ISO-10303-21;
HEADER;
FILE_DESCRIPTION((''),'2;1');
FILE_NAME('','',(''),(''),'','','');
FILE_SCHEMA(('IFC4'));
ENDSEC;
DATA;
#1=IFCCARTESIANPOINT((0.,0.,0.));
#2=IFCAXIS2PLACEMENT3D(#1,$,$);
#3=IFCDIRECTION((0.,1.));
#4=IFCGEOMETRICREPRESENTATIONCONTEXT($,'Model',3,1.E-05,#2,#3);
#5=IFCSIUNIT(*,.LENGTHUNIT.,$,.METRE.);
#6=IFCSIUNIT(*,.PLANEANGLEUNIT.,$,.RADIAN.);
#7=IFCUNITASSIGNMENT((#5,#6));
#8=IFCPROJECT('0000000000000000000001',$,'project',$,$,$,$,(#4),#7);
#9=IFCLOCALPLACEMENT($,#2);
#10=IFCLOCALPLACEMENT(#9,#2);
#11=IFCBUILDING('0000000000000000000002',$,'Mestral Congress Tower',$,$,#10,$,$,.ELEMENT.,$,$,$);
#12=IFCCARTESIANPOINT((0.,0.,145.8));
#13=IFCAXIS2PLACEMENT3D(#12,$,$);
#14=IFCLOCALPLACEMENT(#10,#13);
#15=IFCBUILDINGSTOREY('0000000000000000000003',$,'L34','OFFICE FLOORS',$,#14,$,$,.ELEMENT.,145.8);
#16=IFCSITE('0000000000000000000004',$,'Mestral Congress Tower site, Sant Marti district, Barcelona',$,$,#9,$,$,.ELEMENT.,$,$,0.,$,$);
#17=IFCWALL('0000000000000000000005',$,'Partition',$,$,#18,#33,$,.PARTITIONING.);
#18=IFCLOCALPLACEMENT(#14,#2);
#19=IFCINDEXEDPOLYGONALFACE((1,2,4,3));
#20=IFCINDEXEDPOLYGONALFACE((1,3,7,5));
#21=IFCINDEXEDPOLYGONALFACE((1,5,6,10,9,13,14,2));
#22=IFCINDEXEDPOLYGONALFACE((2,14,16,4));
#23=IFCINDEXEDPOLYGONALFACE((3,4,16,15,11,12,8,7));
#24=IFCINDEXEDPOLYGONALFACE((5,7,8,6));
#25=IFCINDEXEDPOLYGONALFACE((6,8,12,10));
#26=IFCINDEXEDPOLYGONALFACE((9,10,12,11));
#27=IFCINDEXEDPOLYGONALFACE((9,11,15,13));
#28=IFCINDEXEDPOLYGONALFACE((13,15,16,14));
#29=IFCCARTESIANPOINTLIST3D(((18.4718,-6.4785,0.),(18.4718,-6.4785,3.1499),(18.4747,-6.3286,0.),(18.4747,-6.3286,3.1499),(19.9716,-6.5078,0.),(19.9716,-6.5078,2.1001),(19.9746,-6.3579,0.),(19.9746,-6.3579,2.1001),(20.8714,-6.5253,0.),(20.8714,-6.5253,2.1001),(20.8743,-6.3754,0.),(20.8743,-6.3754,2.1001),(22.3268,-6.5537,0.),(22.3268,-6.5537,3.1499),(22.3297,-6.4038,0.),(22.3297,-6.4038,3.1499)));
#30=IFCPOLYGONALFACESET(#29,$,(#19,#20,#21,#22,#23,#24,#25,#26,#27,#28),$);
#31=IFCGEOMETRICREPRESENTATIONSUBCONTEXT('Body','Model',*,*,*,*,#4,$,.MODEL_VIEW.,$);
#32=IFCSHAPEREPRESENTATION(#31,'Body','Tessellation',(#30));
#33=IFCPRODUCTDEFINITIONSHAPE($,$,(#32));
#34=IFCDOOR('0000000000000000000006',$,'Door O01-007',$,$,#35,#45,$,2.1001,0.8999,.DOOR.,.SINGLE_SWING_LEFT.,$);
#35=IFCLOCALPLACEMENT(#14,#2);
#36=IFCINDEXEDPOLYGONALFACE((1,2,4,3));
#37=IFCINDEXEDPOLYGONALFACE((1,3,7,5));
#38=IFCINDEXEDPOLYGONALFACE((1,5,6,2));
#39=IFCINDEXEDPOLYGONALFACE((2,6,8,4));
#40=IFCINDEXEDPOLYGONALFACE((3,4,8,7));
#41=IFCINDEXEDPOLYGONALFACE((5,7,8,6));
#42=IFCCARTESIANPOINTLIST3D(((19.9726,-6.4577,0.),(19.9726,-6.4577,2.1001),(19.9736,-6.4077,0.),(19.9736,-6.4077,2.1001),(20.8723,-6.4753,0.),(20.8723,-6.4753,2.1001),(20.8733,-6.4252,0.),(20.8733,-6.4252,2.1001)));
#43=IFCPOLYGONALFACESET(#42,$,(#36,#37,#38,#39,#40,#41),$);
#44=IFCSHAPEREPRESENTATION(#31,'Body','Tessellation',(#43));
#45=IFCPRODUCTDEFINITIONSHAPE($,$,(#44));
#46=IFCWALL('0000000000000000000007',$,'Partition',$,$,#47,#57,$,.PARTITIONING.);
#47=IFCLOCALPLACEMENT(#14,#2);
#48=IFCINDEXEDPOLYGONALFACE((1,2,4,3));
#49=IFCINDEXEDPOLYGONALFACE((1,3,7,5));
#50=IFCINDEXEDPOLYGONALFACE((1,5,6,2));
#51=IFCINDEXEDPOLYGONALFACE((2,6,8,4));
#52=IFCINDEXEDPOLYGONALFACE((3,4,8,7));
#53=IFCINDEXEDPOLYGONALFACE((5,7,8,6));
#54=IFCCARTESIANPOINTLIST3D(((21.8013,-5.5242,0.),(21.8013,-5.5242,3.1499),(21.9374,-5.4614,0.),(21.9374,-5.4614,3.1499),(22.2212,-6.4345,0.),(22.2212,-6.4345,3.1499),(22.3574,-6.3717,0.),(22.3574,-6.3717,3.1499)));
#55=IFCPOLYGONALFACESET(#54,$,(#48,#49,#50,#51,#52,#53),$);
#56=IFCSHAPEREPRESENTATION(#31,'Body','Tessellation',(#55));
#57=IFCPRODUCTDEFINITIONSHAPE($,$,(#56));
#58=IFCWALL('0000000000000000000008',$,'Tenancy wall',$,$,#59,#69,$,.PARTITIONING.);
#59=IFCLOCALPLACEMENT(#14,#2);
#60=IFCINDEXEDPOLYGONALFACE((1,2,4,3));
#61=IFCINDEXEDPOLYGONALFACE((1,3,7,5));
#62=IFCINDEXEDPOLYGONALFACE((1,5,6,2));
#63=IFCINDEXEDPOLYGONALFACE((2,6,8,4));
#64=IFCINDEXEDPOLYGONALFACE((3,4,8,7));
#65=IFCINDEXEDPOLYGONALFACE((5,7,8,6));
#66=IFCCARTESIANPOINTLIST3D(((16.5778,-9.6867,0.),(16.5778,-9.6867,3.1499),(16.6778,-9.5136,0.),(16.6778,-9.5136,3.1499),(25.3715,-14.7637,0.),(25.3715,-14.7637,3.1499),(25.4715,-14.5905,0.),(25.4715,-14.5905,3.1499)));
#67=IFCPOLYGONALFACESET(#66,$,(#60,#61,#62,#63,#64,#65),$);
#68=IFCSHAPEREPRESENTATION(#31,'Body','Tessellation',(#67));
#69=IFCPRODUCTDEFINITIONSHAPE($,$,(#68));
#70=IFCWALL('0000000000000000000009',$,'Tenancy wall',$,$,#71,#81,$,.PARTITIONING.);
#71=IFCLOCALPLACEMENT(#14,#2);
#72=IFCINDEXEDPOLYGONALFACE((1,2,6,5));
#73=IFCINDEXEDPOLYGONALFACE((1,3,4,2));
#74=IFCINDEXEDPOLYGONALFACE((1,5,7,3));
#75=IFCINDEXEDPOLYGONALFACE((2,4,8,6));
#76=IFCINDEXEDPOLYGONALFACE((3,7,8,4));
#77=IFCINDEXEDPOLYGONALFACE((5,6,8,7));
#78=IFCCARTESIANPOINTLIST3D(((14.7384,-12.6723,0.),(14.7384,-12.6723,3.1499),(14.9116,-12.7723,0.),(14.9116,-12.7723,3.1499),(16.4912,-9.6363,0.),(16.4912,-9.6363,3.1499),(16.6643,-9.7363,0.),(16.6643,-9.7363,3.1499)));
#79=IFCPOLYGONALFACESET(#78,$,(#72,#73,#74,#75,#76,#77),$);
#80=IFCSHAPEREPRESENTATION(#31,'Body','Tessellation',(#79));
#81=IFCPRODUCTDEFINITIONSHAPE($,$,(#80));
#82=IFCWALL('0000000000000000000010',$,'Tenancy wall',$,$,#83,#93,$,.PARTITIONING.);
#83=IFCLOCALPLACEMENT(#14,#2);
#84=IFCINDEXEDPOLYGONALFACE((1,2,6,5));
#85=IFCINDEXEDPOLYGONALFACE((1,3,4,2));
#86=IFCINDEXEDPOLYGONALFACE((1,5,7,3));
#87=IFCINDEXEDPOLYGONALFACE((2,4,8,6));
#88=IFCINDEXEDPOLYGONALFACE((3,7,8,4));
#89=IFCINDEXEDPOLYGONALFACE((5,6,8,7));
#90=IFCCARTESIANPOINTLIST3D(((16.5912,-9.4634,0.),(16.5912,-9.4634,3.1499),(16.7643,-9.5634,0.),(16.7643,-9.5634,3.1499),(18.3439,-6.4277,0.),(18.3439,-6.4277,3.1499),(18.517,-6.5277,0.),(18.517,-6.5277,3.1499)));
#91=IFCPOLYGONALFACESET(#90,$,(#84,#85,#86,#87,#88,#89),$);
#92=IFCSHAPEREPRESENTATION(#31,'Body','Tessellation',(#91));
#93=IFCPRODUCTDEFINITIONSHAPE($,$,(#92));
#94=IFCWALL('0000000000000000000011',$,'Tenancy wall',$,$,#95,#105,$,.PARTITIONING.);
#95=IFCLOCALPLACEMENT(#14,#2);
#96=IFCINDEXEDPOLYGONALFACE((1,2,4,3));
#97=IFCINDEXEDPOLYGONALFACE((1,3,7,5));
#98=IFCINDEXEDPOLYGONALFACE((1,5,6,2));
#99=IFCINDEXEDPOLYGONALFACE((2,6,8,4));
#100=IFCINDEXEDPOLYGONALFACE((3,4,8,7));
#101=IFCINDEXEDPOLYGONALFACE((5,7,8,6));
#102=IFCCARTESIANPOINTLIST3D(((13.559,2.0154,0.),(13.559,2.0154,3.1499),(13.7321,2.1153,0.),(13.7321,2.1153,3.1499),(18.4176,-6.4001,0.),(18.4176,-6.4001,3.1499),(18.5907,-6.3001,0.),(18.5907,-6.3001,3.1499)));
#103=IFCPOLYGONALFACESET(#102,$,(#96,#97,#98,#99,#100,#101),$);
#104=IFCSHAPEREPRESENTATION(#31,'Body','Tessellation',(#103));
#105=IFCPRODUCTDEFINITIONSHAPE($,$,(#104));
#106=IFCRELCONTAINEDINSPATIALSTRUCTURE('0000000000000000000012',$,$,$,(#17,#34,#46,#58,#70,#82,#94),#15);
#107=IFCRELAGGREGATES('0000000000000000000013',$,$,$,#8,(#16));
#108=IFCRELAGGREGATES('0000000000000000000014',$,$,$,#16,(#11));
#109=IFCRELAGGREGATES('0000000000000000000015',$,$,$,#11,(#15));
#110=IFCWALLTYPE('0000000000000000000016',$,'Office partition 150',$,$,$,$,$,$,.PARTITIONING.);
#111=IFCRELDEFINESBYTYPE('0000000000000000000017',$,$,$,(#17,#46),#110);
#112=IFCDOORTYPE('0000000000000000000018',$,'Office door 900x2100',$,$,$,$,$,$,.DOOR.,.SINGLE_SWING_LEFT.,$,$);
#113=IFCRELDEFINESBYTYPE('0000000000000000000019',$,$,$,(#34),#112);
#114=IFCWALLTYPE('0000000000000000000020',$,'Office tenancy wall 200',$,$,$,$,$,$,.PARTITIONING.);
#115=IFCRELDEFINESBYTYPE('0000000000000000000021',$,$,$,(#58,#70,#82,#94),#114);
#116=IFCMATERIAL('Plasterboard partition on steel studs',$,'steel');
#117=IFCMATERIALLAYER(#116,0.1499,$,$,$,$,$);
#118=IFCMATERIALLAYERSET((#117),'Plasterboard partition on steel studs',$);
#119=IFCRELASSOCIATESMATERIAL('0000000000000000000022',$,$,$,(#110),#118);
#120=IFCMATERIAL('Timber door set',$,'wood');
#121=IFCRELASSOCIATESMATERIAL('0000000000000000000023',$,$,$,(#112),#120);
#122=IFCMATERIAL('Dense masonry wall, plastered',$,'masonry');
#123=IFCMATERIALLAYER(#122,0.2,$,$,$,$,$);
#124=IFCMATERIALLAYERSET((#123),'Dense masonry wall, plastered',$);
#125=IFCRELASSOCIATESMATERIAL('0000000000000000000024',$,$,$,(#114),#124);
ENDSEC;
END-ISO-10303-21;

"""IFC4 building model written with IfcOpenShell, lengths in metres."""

from ifc_helpers import new_model, si_unit, direction, frame, frame_2d, origin, place, context, subcontext, project, spatial, rectangle, extrude, material, layer, layer_set, type_object, element, fill, save


model = new_model("IFC4")

# Units and contexts
model_context = context("Model", 3, precision=1e-05, world=origin(), true_north=direction((0.0, 1.0)))
body_context = subcontext(model_context, "Body", "Model", "MODEL_VIEW")
ifc_project = project(units=[si_unit("LENGTHUNIT", "METRE"), si_unit("PLANEANGLEUNIT", "RADIAN")], contexts=[model_context])

# Site, building, storey
site_placement = place(None, origin())
site = spatial("IfcSite", under=ifc_project, at=site_placement, Name="Mestral Congress Tower site, Sant Marti district, Barcelona", CompositionType="ELEMENT", RefElevation=0.0)
building_placement = place(site_placement, origin())
building = spatial("IfcBuilding", under=site, at=building_placement, Name="Mestral Congress Tower", CompositionType="ELEMENT")
storey_placement = place(building_placement, frame((0.0, 0.0, 145.8)))
storey = spatial("IfcBuildingStorey", under=building, at=storey_placement, Name="L34", Description="OFFICE FLOORS", CompositionType="ELEMENT", Elevation=145.8)

# Shared definitions
ifc_material_1 = material(Name="Plasterboard partition on steel studs", Category="steel")
ifc_layer_1 = layer(ifc_material_1, 0.1499)
ifc_layer_set_1 = layer_set([ifc_layer_1], Name="Plasterboard partition on steel studs")
wall_type_1 = type_object("IfcWallType", Name="Office partition 150", PredefinedType="PARTITIONING", material=ifc_layer_set_1)
ifc_material_2 = material(Name="Timber door set", Category="wood")
door_type = type_object("IfcDoorType", Name="Office door 900x2100", OperationType="SINGLE_SWING_LEFT", PredefinedType="DOOR", material=ifc_material_2)

# Wall, opening, door
wall_1_placement = place(storey_placement, frame((22.3281, -6.4788, 0.0), z_axis=(0.0, 0.0, 1.0), x_axis=(-0.99981, 0.019502, 0.0)))
wall_1 = element("IfcWall", 1, at=wall_1_placement, inside=storey, type_object=wall_type_1, Name="Partition", PredefinedType="PARTITIONING", context=body_context, shape_type="SweptSolid", body=[
    extrude(rectangle(XDim=3.8557, YDim=0.1499, at=frame_2d((1.9277, 0.0))), origin(), (0.0, 0.0, 1.0), 3.1499),
])
opening_1_placement = place(wall_1_placement, frame((1.4556, 0.0, 0.0)))
opening_1 = element("IfcOpeningElement", 2, at=opening_1_placement, cuts=wall_1, PredefinedType="OPENING", context=body_context, shape_type="SweptSolid", body=[
    extrude(rectangle(XDim=0.8999, YDim=2.1001, at=frame_2d((0.45, 1.05))), frame((0.0, 0.085, 0.0), z_axis=(0.0, -1.0, 0.0), x_axis=(1.0, 0.0, 0.0)), (0.0, 0.0, 1.0), 0.1699),
])
door_1_placement = place(opening_1_placement, origin())
door_1 = element("IfcDoor", 3, at=door_1_placement, inside=storey, type_object=door_type, Name="Door O01-007", OperationType="SINGLE_SWING_LEFT", OverallHeight=2.1001, OverallWidth=0.8999, PredefinedType="DOOR", context=body_context, shape_type="SweptSolid", body=[
    extrude(rectangle(XDim=0.8999, YDim=2.1001, at=frame_2d((0.45, 1.05))), frame((0.0, 0.0249, 0.0), z_axis=(0.0, -1.0, 0.0), x_axis=(1.0, 0.0, 0.0)), (0.0, 0.0, 1.0), 0.05),
])
fill(opening_1, door_1)

# Walls
wall_2_placement = place(storey_placement, frame((22.2893, -6.4031, 0.0), z_axis=(0.0, 0.0, 1.0), x_axis=(-0.418935, 0.908016, 0.0)))
element("IfcWall", 4, at=wall_2_placement, inside=storey, type_object=wall_type_1, Name="Partition", PredefinedType="PARTITIONING", context=body_context, shape_type="SweptSolid", body=[
    extrude(rectangle(XDim=1.0024, YDim=0.1499, at=frame_2d((0.5012, 0.0))), origin(), (0.0, 0.0, 1.0), 3.1499),
])
ifc_material_3 = material(Name="Dense masonry wall, plastered", Category="masonry")
ifc_layer_2 = layer(ifc_material_3, 0.2)
ifc_layer_set_2 = layer_set([ifc_layer_2], Name="Dense masonry wall, plastered")
wall_type_2 = type_object("IfcWallType", Name="Office tenancy wall 200", PredefinedType="PARTITIONING", material=ifc_layer_set_2)
wall_3_placement = place(storey_placement, frame((16.6277, -9.6001, 0.0), z_axis=(0.0, 0.0, 1.0), x_axis=(0.866031, -0.49999, 0.0)))
element("IfcWall", 5, at=wall_3_placement, inside=storey, type_object=wall_type_2, Name="Tenancy wall", PredefinedType="PARTITIONING", context=body_context, shape_type="SweptSolid", body=[
    extrude(rectangle(XDim=10.1541, YDim=0.2, at=frame_2d((5.0771, 0.0))), origin(), (0.0, 0.0, 1.0), 3.1499),
])
wall_4_placement = place(storey_placement, frame((14.825, -12.7224, 0.0), z_axis=(0.0, 0.0, 1.0), x_axis=(0.499982, 0.866036, 0.0)))
element("IfcWall", 6, at=wall_4_placement, inside=storey, type_object=wall_type_2, Name="Tenancy wall", PredefinedType="PARTITIONING", context=body_context, shape_type="SweptSolid", body=[
    extrude(rectangle(XDim=3.5056, YDim=0.2, at=frame_2d((1.7529, 0.0))), origin(), (0.0, 0.0, 1.0), 3.1499),
])
wall_5_placement = place(storey_placement, frame((16.6777, -9.5134, 0.0), z_axis=(0.0, 0.0, 1.0), x_axis=(0.500012, 0.866019, 0.0)))
element("IfcWall", 7, at=wall_5_placement, inside=storey, type_object=wall_type_2, Name="Tenancy wall", PredefinedType="PARTITIONING", context=body_context, shape_type="SweptSolid", body=[
    extrude(rectangle(XDim=3.5054, YDim=0.2, at=frame_2d((1.7527, 0.0))), origin(), (0.0, 0.0, 1.0), 3.1499),
])
wall_6_placement = place(storey_placement, frame((18.5042, -6.3501, 0.0), z_axis=(0.0, 0.0, 1.0), x_axis=(-0.499995, 0.866028, 0.0)))
element("IfcWall", 8, at=wall_6_placement, inside=storey, type_object=wall_type_2, Name="Tenancy wall", PredefinedType="PARTITIONING", context=body_context, shape_type="SweptSolid", body=[
    extrude(rectangle(XDim=9.7173, YDim=0.2, at=frame_2d((4.8586, 0.0))), origin(), (0.0, 0.0, 1.0), 3.1499),
])

save(model, "model.ifc")
